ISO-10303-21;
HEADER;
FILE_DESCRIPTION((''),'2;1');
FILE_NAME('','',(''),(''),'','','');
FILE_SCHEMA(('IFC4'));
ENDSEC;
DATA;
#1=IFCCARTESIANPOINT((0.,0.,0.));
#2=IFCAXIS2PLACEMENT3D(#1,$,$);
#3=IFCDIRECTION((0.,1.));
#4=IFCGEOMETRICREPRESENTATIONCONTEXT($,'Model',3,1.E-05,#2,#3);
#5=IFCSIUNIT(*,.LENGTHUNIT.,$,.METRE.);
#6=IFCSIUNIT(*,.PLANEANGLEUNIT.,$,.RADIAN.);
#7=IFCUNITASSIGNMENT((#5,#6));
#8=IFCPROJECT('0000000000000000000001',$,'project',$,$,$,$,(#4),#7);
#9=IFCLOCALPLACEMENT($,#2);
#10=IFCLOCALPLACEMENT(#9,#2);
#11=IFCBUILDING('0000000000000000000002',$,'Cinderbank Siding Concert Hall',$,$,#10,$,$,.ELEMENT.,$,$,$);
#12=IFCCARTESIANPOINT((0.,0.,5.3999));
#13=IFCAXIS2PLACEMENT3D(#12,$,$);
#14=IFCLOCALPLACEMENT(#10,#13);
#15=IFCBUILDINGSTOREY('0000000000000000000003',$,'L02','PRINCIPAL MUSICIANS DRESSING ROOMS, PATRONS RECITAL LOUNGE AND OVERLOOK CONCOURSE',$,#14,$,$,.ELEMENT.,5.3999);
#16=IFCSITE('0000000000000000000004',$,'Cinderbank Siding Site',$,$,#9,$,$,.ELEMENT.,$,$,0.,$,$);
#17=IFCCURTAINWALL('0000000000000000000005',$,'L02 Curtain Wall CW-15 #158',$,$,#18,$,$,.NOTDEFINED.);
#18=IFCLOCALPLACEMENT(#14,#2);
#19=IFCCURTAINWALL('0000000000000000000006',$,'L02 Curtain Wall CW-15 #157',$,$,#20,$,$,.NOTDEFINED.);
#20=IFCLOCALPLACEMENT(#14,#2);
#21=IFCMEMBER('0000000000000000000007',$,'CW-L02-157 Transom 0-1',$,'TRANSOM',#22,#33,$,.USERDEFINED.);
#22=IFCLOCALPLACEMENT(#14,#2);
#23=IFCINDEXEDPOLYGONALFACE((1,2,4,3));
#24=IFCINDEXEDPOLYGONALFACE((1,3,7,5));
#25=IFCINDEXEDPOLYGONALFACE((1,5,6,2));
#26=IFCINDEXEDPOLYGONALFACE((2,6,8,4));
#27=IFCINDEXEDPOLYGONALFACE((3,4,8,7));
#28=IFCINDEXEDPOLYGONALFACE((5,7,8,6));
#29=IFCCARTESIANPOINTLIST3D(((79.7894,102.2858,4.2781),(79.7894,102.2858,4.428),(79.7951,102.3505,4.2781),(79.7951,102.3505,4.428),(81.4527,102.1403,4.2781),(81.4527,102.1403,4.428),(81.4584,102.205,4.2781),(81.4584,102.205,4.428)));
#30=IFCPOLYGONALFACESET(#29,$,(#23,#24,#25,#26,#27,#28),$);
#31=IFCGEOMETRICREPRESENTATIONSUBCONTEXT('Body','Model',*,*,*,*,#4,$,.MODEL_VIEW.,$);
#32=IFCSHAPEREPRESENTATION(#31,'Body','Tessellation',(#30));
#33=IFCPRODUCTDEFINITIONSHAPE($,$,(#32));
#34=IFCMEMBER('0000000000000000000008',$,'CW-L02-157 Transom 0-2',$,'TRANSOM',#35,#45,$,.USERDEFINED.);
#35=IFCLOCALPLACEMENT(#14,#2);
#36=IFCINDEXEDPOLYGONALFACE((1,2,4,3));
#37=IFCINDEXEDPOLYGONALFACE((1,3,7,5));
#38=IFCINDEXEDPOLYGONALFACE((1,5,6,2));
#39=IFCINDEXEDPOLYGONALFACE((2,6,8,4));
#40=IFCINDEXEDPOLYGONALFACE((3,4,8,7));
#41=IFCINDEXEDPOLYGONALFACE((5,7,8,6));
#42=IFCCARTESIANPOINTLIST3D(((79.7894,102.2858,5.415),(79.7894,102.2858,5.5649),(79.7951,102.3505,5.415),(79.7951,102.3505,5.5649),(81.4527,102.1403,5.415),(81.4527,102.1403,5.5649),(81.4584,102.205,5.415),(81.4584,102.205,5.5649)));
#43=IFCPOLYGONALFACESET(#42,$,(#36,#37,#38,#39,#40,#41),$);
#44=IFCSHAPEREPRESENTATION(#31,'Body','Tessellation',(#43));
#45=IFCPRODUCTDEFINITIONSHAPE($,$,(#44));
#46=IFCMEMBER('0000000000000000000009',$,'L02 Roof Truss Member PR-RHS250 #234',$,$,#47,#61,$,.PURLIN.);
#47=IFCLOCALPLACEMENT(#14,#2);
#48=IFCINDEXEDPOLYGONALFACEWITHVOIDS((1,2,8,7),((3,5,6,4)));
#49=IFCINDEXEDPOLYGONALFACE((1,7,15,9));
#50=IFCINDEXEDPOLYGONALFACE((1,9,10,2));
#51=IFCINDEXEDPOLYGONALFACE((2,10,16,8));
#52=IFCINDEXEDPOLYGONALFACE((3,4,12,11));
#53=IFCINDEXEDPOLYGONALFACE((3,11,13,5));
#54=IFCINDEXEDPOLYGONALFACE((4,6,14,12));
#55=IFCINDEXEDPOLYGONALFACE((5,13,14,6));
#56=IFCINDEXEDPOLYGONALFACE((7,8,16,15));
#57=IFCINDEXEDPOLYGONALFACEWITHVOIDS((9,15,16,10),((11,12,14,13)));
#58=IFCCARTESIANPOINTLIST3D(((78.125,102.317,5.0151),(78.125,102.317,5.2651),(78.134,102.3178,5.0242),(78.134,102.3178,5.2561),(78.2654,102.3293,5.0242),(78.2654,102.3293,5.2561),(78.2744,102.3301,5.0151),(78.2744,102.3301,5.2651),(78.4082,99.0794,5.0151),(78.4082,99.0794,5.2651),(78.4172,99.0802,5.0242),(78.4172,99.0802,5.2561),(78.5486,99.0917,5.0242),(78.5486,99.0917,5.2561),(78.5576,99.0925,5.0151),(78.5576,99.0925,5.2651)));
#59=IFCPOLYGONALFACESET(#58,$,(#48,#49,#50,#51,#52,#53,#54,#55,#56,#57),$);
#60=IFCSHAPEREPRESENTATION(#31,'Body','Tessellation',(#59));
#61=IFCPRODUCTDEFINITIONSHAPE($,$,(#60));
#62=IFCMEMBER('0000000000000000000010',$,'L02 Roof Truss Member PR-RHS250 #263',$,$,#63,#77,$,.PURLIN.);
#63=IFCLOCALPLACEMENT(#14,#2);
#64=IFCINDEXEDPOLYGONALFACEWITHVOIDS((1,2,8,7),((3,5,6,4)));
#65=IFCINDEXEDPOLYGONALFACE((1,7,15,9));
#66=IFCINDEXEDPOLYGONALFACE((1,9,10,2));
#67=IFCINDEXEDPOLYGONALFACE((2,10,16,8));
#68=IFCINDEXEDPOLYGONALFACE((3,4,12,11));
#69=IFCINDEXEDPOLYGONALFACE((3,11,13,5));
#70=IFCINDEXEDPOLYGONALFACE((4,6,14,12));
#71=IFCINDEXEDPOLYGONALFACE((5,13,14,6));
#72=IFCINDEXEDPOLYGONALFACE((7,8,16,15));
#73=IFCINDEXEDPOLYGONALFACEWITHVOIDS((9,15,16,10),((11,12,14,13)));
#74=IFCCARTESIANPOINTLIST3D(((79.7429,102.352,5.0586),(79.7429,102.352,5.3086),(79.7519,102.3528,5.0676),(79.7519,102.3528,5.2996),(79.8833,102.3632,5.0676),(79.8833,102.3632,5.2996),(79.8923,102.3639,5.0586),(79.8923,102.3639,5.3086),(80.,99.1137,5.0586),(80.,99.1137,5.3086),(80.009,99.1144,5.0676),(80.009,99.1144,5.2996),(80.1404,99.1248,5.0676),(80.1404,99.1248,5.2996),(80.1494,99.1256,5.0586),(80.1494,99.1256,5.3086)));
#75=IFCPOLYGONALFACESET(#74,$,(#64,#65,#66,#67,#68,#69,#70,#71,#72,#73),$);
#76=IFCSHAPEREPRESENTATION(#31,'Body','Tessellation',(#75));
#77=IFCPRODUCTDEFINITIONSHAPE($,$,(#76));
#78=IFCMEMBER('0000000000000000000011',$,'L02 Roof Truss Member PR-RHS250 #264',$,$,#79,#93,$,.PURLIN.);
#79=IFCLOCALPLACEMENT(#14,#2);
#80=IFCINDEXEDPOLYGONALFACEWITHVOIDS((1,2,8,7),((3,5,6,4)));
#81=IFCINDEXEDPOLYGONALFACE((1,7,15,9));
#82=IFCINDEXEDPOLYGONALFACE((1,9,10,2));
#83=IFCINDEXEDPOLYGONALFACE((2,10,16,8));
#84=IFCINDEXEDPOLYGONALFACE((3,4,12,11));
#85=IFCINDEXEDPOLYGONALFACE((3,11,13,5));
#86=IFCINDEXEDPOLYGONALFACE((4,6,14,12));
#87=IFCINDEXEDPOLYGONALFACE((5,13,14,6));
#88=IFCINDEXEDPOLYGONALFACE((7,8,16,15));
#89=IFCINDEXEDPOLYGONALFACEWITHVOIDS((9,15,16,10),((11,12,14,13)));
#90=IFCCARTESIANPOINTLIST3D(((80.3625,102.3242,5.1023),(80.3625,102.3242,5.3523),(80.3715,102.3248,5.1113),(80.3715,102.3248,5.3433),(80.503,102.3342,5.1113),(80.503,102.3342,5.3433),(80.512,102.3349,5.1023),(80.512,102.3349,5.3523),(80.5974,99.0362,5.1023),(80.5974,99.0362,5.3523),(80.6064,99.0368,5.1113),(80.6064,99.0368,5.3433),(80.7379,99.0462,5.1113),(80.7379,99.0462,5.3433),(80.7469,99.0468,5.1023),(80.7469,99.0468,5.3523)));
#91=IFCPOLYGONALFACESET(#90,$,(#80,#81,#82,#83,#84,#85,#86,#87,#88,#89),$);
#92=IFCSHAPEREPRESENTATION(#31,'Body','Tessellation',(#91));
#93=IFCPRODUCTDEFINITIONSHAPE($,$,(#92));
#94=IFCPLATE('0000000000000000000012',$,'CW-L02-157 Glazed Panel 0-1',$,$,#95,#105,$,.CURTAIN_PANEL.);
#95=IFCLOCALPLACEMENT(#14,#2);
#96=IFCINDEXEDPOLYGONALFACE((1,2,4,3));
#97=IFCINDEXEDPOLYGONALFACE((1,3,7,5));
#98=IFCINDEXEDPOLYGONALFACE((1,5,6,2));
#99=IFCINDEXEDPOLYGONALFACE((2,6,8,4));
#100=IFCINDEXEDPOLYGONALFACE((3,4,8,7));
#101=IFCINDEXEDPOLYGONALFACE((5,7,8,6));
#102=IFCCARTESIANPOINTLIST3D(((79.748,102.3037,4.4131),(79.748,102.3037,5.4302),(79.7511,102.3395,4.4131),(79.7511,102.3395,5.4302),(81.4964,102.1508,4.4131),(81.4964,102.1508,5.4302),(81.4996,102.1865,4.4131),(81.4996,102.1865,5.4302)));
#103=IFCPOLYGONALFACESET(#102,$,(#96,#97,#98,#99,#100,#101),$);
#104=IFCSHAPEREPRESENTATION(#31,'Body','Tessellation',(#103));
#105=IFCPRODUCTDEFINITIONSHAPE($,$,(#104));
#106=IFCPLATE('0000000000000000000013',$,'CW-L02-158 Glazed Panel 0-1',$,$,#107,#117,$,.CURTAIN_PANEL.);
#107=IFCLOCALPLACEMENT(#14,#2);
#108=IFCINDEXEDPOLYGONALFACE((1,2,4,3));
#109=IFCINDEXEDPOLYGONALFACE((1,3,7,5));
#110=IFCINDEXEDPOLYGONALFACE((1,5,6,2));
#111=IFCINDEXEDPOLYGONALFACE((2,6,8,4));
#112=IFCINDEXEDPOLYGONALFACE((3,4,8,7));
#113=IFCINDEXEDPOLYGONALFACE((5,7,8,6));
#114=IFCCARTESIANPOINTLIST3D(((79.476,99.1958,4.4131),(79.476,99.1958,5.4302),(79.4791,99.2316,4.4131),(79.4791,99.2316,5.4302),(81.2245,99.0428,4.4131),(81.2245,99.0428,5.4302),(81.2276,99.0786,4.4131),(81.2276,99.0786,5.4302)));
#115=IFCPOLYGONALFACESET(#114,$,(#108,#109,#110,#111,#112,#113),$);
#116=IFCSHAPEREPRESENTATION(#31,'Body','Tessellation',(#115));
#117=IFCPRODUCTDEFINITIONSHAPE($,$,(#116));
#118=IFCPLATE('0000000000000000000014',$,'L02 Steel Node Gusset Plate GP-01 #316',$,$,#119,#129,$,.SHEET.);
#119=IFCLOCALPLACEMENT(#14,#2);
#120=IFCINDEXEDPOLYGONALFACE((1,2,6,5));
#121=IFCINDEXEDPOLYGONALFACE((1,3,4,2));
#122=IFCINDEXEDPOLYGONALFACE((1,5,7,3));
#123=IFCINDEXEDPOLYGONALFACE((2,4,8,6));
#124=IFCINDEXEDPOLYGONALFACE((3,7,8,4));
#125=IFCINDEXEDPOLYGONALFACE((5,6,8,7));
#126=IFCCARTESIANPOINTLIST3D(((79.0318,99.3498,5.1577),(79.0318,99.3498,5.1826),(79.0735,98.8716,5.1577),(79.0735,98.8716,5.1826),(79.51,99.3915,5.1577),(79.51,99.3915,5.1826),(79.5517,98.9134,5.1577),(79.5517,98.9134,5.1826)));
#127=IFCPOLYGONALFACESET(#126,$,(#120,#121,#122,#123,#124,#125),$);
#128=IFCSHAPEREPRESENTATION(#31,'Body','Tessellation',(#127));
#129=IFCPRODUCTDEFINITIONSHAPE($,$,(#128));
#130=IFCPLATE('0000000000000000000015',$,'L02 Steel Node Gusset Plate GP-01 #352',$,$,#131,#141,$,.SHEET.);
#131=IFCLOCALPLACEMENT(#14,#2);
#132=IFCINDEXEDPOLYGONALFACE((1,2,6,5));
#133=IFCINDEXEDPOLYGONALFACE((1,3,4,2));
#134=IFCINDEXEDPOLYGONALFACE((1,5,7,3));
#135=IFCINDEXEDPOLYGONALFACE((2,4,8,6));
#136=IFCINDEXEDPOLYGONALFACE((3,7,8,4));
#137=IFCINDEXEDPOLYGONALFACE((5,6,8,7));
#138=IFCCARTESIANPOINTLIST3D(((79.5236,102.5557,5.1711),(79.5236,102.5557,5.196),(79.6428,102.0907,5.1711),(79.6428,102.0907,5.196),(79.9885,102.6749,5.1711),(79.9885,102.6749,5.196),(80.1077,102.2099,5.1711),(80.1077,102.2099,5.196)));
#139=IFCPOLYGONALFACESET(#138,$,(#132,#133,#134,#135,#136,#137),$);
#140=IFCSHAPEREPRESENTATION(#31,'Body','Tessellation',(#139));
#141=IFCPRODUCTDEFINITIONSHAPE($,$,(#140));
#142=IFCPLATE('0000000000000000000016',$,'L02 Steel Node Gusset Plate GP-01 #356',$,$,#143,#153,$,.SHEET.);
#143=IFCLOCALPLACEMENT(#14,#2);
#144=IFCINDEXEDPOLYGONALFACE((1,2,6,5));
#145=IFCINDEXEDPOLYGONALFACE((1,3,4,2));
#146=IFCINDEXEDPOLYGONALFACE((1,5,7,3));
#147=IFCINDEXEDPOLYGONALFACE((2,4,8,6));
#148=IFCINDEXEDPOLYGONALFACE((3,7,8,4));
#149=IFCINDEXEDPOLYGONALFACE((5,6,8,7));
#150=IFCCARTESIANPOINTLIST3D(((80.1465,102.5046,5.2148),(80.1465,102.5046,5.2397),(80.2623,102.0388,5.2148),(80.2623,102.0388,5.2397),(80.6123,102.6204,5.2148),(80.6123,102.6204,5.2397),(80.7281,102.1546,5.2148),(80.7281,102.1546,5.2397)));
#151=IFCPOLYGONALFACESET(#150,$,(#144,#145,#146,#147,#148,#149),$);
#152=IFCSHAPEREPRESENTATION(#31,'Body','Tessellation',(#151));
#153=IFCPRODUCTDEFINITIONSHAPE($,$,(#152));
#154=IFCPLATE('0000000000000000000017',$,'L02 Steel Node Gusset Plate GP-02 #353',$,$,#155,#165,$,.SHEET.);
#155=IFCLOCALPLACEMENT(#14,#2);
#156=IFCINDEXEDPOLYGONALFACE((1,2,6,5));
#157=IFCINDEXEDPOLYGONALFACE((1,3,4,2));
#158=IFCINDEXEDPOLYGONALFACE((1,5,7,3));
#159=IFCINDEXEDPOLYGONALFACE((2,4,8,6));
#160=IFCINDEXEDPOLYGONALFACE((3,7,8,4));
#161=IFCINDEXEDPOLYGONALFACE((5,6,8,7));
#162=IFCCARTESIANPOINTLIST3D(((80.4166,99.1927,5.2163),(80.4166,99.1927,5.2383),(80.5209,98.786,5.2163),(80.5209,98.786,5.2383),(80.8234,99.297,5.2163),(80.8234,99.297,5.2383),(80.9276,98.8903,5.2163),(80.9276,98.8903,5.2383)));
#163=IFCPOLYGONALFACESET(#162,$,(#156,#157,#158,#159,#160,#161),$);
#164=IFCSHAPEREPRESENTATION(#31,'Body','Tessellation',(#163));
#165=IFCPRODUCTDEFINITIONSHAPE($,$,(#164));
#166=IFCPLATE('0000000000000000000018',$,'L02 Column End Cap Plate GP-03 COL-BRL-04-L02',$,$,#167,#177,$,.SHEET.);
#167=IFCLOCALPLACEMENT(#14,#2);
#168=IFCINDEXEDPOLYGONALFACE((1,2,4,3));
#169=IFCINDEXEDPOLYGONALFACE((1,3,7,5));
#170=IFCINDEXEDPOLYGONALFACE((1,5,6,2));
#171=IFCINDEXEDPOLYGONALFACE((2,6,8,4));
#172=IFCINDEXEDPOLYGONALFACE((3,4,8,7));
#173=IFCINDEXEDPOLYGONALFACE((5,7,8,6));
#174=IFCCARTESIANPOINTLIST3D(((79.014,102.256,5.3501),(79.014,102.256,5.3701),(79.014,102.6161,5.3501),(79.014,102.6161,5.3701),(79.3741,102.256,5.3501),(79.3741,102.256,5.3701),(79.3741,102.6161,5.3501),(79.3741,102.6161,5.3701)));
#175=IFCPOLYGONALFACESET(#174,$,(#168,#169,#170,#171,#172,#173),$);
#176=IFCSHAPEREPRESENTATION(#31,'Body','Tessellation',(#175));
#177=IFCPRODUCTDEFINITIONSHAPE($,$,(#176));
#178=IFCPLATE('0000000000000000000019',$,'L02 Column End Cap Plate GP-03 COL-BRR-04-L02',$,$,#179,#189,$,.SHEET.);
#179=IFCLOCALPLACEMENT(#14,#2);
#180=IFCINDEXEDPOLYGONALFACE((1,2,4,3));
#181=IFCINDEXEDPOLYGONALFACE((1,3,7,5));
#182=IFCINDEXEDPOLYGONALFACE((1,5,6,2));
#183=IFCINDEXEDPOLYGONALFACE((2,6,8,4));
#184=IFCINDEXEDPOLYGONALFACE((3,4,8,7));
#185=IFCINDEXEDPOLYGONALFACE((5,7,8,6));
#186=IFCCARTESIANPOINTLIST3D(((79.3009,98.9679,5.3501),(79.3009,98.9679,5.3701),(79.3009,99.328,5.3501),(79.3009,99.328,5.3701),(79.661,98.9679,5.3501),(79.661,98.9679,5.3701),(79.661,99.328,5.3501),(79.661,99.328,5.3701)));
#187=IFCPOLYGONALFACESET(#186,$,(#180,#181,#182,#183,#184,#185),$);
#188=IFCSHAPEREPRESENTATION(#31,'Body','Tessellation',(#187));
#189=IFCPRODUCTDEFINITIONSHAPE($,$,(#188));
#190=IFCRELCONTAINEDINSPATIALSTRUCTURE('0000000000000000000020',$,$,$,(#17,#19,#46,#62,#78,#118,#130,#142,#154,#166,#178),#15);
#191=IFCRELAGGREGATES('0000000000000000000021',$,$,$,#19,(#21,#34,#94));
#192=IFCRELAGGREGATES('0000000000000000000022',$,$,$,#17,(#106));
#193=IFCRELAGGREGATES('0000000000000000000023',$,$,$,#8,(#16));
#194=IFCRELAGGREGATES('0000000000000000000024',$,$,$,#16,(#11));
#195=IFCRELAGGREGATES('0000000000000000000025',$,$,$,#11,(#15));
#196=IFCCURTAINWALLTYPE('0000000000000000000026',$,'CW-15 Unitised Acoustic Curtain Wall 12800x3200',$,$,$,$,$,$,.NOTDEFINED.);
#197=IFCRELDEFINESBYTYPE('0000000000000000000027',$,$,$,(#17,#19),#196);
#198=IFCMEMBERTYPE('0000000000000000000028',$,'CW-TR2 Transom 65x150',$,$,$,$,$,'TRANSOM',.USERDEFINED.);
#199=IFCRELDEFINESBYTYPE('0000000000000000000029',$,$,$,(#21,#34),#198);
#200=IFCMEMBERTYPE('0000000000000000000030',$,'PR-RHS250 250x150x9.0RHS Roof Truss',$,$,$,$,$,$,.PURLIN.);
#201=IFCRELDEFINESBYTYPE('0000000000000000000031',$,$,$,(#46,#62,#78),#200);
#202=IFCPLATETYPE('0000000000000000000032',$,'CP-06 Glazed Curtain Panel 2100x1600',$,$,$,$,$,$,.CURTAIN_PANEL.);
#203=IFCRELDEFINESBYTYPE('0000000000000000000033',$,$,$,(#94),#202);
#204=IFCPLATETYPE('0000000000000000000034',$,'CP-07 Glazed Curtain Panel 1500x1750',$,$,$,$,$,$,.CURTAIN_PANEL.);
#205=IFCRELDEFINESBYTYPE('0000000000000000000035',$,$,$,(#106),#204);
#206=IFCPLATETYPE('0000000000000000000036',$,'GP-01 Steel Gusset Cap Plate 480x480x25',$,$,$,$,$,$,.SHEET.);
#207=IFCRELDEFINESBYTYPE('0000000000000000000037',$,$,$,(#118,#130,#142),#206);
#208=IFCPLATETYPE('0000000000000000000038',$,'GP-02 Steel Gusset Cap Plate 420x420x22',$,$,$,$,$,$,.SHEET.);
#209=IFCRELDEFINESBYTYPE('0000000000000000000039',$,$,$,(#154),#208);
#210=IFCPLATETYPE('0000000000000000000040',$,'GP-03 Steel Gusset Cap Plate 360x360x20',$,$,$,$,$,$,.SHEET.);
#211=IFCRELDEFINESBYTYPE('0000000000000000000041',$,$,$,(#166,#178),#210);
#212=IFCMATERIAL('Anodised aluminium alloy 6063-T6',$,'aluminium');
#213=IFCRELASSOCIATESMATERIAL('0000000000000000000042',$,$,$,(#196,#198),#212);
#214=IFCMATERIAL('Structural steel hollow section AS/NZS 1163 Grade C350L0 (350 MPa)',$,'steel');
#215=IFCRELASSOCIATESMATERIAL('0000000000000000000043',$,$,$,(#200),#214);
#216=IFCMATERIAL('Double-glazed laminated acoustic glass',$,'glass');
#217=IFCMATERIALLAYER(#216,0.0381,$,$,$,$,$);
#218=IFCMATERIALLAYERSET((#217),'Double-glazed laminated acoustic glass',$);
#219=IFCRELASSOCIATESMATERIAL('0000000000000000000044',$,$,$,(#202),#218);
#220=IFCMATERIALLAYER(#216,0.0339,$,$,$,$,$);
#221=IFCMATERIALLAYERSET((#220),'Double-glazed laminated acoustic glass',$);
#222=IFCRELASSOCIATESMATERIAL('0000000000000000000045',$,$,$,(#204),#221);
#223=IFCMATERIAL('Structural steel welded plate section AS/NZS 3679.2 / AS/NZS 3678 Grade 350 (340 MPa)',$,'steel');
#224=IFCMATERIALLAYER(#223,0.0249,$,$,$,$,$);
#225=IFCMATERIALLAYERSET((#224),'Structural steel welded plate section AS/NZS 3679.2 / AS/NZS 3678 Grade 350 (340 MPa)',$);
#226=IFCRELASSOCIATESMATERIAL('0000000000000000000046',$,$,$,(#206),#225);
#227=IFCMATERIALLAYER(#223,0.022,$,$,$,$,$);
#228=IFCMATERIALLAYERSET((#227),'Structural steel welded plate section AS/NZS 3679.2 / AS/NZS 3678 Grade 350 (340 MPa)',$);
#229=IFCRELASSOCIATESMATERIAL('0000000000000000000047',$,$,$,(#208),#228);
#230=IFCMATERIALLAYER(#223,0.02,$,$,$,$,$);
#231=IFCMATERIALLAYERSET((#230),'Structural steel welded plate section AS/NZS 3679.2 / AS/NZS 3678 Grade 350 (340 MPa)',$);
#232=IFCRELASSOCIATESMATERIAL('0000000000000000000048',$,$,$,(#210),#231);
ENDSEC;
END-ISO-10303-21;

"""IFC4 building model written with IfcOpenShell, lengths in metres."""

from ifc_helpers import new_model, si_unit, direction, frame, origin, origin_2d, place, context, subcontext, project, spatial, rectangle, hollow_rectangle, extrude, material, layer, layer_set, material_profile, profile_set, type_object, element, aggregate, save


model = new_model("IFC4")

# Units and contexts
model_context = context("Model", 3, precision=1e-05, world=origin(), true_north=direction((0.0, 1.0)))
body_context = subcontext(model_context, "Body", "Model", "MODEL_VIEW")
ifc_project = project(units=[si_unit("LENGTHUNIT", "METRE"), si_unit("PLANEANGLEUNIT", "RADIAN")], contexts=[model_context])

# Site, building, storey
site_placement = place(None, origin())
site = spatial("IfcSite", under=ifc_project, at=site_placement, Name="Cinderbank Siding Site", CompositionType="ELEMENT", RefElevation=0.0)
building_placement = place(site_placement, origin())
building = spatial("IfcBuilding", under=site, at=building_placement, Name="Cinderbank Siding Concert Hall", CompositionType="ELEMENT")
storey_placement = place(building_placement, frame((0.0, 0.0, 5.3999)))
storey = spatial("IfcBuildingStorey", under=building, at=storey_placement, Name="L02", Description="PRINCIPAL MUSICIANS DRESSING ROOMS, PATRONS RECITAL LOUNGE AND OVERLOOK CONCOURSE", CompositionType="ELEMENT", Elevation=5.3999)

# Shared definitions
ifc_material_1 = material(Name="Structural steel hollow section AS/NZS 1163 Grade C350L0 (350 MPa)", Category="steel")

# Curtain walls, members
ifc_material_2 = material(Name="Anodised aluminium alloy 6063-T6", Category="aluminium")
curtain_wall_type = type_object("IfcCurtainWallType", Name="CW-15 Unitised Acoustic Curtain Wall 12800x3200", PredefinedType="NOTDEFINED", material=ifc_material_2)
curtain_wall_1_placement = place(storey_placement, origin())
curtain_wall_1 = element("IfcCurtainWall", 1, at=curtain_wall_1_placement, inside=storey, type_object=curtain_wall_type, Name="L02 Curtain Wall CW-15 #158", PredefinedType="NOTDEFINED")
curtain_wall_2_placement = place(storey_placement, origin())
curtain_wall_2 = element("IfcCurtainWall", 2, at=curtain_wall_2_placement, inside=storey, type_object=curtain_wall_type, Name="L02 Curtain Wall CW-15 #157", PredefinedType="NOTDEFINED")
ifc_material_profile_1 = material_profile(ifc_material_2, rectangle(XDim=0.0649, YDim=0.1499, at=origin_2d()), Name="ALU-TRAN-65x150", Category="LoadBearing")
ifc_profile_set_1 = profile_set([ifc_material_profile_1], Name="Anodised aluminium alloy 6063-T6")
member_type_1 = type_object("IfcMemberType", Name="CW-TR2 Transom 65x150", ElementType="TRANSOM", PredefinedType="USERDEFINED", material=ifc_profile_set_1)
member_1_placement = place(storey_placement, frame((79.7922, 102.3181, 4.353), z_axis=(0.996195, -0.087147, 0.0), x_axis=(0.087147, 0.996195, 0.0)))
member_1 = element("IfcMember", 3, at=member_1_placement, type_object=member_type_1, Name="CW-L02-157 Transom 0-1", ObjectType="TRANSOM", PredefinedType="USERDEFINED", context=body_context, shape_type="SweptSolid", body=[
    extrude(rectangle(XDim=0.0649, YDim=0.1499, at=origin_2d()), origin(), (0.0, 0.0, 1.0), 1.6697),
])
member_2_placement = place(storey_placement, frame((79.7922, 102.3181, 5.49), z_axis=(0.996195, -0.087147, 0.0), x_axis=(0.087147, 0.996195, 0.0)))
member_2 = element("IfcMember", 4, at=member_2_placement, type_object=member_type_1, Name="CW-L02-157 Transom 0-2", ObjectType="TRANSOM", PredefinedType="USERDEFINED", context=body_context, shape_type="SweptSolid", body=[
    extrude(rectangle(XDim=0.0649, YDim=0.1499, at=origin_2d()), origin(), (0.0, 0.0, 1.0), 1.6697),
])

# Members
ifc_material_profile_2 = material_profile(ifc_material_1, hollow_rectangle(XDim=0.1499, YDim=0.25, WallThickness=0.009, at=origin_2d()), Name="250x150x9.0RHS", Category="LoadBearing")
ifc_profile_set_2 = profile_set([ifc_material_profile_2], Name="Structural steel hollow section AS/NZS 1163 Grade C350L0 (350 MPa)")
member_type_2 = type_object("IfcMemberType", Name="PR-RHS250 250x150x9.0RHS Roof Truss", PredefinedType="PURLIN", material=ifc_profile_set_2)
member_3_placement = place(storey_placement, frame((78.4829, 99.0859, 5.1401), z_axis=(-0.087142, 0.996196, 0.0), x_axis=(-0.996196, -0.087142, 0.0)))
element("IfcMember", 5, at=member_3_placement, inside=storey, type_object=member_type_2, Name="L02 Roof Truss Member PR-RHS250 #234", PredefinedType="PURLIN", context=body_context, shape_type="SweptSolid", body=[
    extrude(hollow_rectangle(XDim=0.1499, YDim=0.25, WallThickness=0.009, at=origin_2d()), origin(), (0.0, 0.0, 1.0), 3.25),
])
member_4_placement = place(storey_placement, frame((80.0747, 99.1196, 5.1836), z_axis=(-0.079139, 0.996864, 0.0), x_axis=(-0.996864, -0.079139, 0.0)))
element("IfcMember", 6, at=member_4_placement, inside=storey, type_object=member_type_2, Name="L02 Roof Truss Member PR-RHS250 #263", PredefinedType="PURLIN", context=body_context, shape_type="SweptSolid", body=[
    extrude(hollow_rectangle(XDim=0.1499, YDim=0.25, WallThickness=0.009, at=origin_2d()), origin(), (0.0, 0.0, 1.0), 3.2485),
])
member_5_placement = place(storey_placement, frame((80.6721, 99.0415, 5.2273), z_axis=(-0.071247, 0.997459, 0.0), x_axis=(-0.997459, -0.071247, 0.0)))
element("IfcMember", 7, at=member_5_placement, inside=storey, type_object=member_type_2, Name="L02 Roof Truss Member PR-RHS250 #264", PredefinedType="PURLIN", context=body_context, shape_type="SweptSolid", body=[
    extrude(hollow_rectangle(XDim=0.1499, YDim=0.25, WallThickness=0.009, at=origin_2d()), origin(), (0.0, 0.0, 1.0), 3.2964),
])

# Plates
ifc_material_3 = material(Name="Double-glazed laminated acoustic glass", Category="glass")
ifc_layer_1 = layer(ifc_material_3, 0.0381)
ifc_layer_set_1 = layer_set([ifc_layer_1], Name="Double-glazed laminated acoustic glass")
plate_type_1 = type_object("IfcPlateType", Name="CP-06 Glazed Curtain Panel 2100x1600", PredefinedType="CURTAIN_PANEL", material=ifc_layer_set_1)
plate_1_placement = place(storey_placement, frame((80.6238, 102.2451, 4.4131), z_axis=(0.0, 0.0, 1.0), x_axis=(0.996195, -0.087157, 0.0)))
plate_1 = element("IfcPlate", 8, at=plate_1_placement, type_object=plate_type_1, Name="CW-L02-157 Glazed Panel 0-1", PredefinedType="CURTAIN_PANEL", context=body_context, shape_type="SweptSolid", body=[
    extrude(rectangle(XDim=1.7551, YDim=0.0359, at=origin_2d()), origin(), (0.0, 0.0, 1.0), 1.0171),
])
aggregate(curtain_wall_2, [member_1, member_2, plate_1])
ifc_layer_2 = layer(ifc_material_3, 0.0339)
ifc_layer_set_2 = layer_set([ifc_layer_2], Name="Double-glazed laminated acoustic glass")
plate_type_2 = type_object("IfcPlateType", Name="CP-07 Glazed Curtain Panel 1500x1750", PredefinedType="CURTAIN_PANEL", material=ifc_layer_set_2)
plate_2_placement = place(storey_placement, frame((80.3518, 99.1372, 4.4131), z_axis=(0.0, 0.0, 1.0), x_axis=(0.996195, -0.087157, 0.0)))
plate_2 = element("IfcPlate", 9, at=plate_2_placement, type_object=plate_type_2, Name="CW-L02-158 Glazed Panel 0-1", PredefinedType="CURTAIN_PANEL", context=body_context, shape_type="SweptSolid", body=[
    extrude(rectangle(XDim=1.7551, YDim=0.0359, at=origin_2d()), origin(), (0.0, 0.0, 1.0), 1.0171),
])
aggregate(curtain_wall_1, [plate_2])

# Plates
ifc_material_4 = material(Name="Structural steel welded plate section AS/NZS 3679.2 / AS/NZS 3678 Grade 350 (340 MPa)", Category="steel")
ifc_layer_3 = layer(ifc_material_4, 0.0249)
ifc_layer_set_3 = layer_set([ifc_layer_3], Name="Structural steel welded plate section AS/NZS 3679.2 / AS/NZS 3678 Grade 350 (340 MPa)")
plate_type_3 = type_object("IfcPlateType", Name="GP-01 Steel Gusset Cap Plate 480x480x25", PredefinedType="SHEET", material=ifc_layer_set_3)
for number, where, z_axis, x_axis, name in (
    (10, (79.2917, 99.1316, 5.1577), (0.0, 0.0, 1.0), (0.99621, 0.086982, 0.0), "L02 Steel Node Gusset Plate GP-01 #316"),
    (11, (79.8157, 102.3828, 5.1711), (0.0, 0.0, 1.0), (0.248352, -0.96867, 0.0), "L02 Steel Node Gusset Plate GP-01 #352"),
    (12, (80.4373, 102.3296, 5.2148), (0.0, 0.0, 1.0), (0.241244, -0.970464, 0.0), "L02 Steel Node Gusset Plate GP-01 #356"),
):
    element("IfcPlate", number, at=place(storey_placement, frame(where, z_axis=z_axis, x_axis=x_axis)), inside=storey, type_object=plate_type_3, Name=name, PredefinedType="SHEET", context=body_context, shape_type="SweptSolid", body=[
        extrude(rectangle(XDim=0.48, YDim=0.48, at=origin_2d()), origin(), (0.0, 0.0, 1.0), 0.0249),
    ])
ifc_layer_4 = layer(ifc_material_4, 0.022)
ifc_layer_set_4 = layer_set([ifc_layer_4], Name="Structural steel welded plate section AS/NZS 3679.2 / AS/NZS 3678 Grade 350 (340 MPa)")
plate_type_4 = type_object("IfcPlateType", Name="GP-02 Steel Gusset Cap Plate 420x420x22", PredefinedType="SHEET", material=ifc_layer_set_4)
plate_3_placement = place(storey_placement, frame((80.6721, 99.0415, 5.2163), z_axis=(0.0, 0.0, 1.0), x_axis=(0.248352, -0.96867, 0.0)))
element("IfcPlate", 13, at=plate_3_placement, inside=storey, type_object=plate_type_4, Name="L02 Steel Node Gusset Plate GP-02 #353", PredefinedType="SHEET", context=body_context, shape_type="SweptSolid", body=[
    extrude(rectangle(XDim=0.4199, YDim=0.4199, at=origin_2d()), origin(), (0.0, 0.0, 1.0), 0.022),
])
ifc_layer_5 = layer(ifc_material_4, 0.02)
ifc_layer_set_5 = layer_set([ifc_layer_5], Name="Structural steel welded plate section AS/NZS 3679.2 / AS/NZS 3678 Grade 350 (340 MPa)")
plate_type_5 = type_object("IfcPlateType", Name="GP-03 Steel Gusset Cap Plate 360x360x20", PredefinedType="SHEET", material=ifc_layer_set_5)
for number, where, z_axis, x_axis, name in (
    (14, (79.1941, 102.436, 5.3501), (0.0, 0.0, 1.0), (1.0, 0.0, 0.0), "L02 Column End Cap Plate GP-03 COL-BRL-04-L02"),
    (15, (79.481, 99.1479, 5.3501), (0.0, 0.0, 1.0), (1.0, 0.0, 0.0), "L02 Column End Cap Plate GP-03 COL-BRR-04-L02"),
):
    element("IfcPlate", number, at=place(storey_placement, frame(where, z_axis=z_axis, x_axis=x_axis)), inside=storey, type_object=plate_type_5, Name=name, PredefinedType="SHEET", context=body_context, shape_type="SweptSolid", body=[
        extrude(rectangle(XDim=0.3601, YDim=0.3601, at=origin_2d()), origin(), (0.0, 0.0, 1.0), 0.02),
    ])

save(model, "model.ifc")
